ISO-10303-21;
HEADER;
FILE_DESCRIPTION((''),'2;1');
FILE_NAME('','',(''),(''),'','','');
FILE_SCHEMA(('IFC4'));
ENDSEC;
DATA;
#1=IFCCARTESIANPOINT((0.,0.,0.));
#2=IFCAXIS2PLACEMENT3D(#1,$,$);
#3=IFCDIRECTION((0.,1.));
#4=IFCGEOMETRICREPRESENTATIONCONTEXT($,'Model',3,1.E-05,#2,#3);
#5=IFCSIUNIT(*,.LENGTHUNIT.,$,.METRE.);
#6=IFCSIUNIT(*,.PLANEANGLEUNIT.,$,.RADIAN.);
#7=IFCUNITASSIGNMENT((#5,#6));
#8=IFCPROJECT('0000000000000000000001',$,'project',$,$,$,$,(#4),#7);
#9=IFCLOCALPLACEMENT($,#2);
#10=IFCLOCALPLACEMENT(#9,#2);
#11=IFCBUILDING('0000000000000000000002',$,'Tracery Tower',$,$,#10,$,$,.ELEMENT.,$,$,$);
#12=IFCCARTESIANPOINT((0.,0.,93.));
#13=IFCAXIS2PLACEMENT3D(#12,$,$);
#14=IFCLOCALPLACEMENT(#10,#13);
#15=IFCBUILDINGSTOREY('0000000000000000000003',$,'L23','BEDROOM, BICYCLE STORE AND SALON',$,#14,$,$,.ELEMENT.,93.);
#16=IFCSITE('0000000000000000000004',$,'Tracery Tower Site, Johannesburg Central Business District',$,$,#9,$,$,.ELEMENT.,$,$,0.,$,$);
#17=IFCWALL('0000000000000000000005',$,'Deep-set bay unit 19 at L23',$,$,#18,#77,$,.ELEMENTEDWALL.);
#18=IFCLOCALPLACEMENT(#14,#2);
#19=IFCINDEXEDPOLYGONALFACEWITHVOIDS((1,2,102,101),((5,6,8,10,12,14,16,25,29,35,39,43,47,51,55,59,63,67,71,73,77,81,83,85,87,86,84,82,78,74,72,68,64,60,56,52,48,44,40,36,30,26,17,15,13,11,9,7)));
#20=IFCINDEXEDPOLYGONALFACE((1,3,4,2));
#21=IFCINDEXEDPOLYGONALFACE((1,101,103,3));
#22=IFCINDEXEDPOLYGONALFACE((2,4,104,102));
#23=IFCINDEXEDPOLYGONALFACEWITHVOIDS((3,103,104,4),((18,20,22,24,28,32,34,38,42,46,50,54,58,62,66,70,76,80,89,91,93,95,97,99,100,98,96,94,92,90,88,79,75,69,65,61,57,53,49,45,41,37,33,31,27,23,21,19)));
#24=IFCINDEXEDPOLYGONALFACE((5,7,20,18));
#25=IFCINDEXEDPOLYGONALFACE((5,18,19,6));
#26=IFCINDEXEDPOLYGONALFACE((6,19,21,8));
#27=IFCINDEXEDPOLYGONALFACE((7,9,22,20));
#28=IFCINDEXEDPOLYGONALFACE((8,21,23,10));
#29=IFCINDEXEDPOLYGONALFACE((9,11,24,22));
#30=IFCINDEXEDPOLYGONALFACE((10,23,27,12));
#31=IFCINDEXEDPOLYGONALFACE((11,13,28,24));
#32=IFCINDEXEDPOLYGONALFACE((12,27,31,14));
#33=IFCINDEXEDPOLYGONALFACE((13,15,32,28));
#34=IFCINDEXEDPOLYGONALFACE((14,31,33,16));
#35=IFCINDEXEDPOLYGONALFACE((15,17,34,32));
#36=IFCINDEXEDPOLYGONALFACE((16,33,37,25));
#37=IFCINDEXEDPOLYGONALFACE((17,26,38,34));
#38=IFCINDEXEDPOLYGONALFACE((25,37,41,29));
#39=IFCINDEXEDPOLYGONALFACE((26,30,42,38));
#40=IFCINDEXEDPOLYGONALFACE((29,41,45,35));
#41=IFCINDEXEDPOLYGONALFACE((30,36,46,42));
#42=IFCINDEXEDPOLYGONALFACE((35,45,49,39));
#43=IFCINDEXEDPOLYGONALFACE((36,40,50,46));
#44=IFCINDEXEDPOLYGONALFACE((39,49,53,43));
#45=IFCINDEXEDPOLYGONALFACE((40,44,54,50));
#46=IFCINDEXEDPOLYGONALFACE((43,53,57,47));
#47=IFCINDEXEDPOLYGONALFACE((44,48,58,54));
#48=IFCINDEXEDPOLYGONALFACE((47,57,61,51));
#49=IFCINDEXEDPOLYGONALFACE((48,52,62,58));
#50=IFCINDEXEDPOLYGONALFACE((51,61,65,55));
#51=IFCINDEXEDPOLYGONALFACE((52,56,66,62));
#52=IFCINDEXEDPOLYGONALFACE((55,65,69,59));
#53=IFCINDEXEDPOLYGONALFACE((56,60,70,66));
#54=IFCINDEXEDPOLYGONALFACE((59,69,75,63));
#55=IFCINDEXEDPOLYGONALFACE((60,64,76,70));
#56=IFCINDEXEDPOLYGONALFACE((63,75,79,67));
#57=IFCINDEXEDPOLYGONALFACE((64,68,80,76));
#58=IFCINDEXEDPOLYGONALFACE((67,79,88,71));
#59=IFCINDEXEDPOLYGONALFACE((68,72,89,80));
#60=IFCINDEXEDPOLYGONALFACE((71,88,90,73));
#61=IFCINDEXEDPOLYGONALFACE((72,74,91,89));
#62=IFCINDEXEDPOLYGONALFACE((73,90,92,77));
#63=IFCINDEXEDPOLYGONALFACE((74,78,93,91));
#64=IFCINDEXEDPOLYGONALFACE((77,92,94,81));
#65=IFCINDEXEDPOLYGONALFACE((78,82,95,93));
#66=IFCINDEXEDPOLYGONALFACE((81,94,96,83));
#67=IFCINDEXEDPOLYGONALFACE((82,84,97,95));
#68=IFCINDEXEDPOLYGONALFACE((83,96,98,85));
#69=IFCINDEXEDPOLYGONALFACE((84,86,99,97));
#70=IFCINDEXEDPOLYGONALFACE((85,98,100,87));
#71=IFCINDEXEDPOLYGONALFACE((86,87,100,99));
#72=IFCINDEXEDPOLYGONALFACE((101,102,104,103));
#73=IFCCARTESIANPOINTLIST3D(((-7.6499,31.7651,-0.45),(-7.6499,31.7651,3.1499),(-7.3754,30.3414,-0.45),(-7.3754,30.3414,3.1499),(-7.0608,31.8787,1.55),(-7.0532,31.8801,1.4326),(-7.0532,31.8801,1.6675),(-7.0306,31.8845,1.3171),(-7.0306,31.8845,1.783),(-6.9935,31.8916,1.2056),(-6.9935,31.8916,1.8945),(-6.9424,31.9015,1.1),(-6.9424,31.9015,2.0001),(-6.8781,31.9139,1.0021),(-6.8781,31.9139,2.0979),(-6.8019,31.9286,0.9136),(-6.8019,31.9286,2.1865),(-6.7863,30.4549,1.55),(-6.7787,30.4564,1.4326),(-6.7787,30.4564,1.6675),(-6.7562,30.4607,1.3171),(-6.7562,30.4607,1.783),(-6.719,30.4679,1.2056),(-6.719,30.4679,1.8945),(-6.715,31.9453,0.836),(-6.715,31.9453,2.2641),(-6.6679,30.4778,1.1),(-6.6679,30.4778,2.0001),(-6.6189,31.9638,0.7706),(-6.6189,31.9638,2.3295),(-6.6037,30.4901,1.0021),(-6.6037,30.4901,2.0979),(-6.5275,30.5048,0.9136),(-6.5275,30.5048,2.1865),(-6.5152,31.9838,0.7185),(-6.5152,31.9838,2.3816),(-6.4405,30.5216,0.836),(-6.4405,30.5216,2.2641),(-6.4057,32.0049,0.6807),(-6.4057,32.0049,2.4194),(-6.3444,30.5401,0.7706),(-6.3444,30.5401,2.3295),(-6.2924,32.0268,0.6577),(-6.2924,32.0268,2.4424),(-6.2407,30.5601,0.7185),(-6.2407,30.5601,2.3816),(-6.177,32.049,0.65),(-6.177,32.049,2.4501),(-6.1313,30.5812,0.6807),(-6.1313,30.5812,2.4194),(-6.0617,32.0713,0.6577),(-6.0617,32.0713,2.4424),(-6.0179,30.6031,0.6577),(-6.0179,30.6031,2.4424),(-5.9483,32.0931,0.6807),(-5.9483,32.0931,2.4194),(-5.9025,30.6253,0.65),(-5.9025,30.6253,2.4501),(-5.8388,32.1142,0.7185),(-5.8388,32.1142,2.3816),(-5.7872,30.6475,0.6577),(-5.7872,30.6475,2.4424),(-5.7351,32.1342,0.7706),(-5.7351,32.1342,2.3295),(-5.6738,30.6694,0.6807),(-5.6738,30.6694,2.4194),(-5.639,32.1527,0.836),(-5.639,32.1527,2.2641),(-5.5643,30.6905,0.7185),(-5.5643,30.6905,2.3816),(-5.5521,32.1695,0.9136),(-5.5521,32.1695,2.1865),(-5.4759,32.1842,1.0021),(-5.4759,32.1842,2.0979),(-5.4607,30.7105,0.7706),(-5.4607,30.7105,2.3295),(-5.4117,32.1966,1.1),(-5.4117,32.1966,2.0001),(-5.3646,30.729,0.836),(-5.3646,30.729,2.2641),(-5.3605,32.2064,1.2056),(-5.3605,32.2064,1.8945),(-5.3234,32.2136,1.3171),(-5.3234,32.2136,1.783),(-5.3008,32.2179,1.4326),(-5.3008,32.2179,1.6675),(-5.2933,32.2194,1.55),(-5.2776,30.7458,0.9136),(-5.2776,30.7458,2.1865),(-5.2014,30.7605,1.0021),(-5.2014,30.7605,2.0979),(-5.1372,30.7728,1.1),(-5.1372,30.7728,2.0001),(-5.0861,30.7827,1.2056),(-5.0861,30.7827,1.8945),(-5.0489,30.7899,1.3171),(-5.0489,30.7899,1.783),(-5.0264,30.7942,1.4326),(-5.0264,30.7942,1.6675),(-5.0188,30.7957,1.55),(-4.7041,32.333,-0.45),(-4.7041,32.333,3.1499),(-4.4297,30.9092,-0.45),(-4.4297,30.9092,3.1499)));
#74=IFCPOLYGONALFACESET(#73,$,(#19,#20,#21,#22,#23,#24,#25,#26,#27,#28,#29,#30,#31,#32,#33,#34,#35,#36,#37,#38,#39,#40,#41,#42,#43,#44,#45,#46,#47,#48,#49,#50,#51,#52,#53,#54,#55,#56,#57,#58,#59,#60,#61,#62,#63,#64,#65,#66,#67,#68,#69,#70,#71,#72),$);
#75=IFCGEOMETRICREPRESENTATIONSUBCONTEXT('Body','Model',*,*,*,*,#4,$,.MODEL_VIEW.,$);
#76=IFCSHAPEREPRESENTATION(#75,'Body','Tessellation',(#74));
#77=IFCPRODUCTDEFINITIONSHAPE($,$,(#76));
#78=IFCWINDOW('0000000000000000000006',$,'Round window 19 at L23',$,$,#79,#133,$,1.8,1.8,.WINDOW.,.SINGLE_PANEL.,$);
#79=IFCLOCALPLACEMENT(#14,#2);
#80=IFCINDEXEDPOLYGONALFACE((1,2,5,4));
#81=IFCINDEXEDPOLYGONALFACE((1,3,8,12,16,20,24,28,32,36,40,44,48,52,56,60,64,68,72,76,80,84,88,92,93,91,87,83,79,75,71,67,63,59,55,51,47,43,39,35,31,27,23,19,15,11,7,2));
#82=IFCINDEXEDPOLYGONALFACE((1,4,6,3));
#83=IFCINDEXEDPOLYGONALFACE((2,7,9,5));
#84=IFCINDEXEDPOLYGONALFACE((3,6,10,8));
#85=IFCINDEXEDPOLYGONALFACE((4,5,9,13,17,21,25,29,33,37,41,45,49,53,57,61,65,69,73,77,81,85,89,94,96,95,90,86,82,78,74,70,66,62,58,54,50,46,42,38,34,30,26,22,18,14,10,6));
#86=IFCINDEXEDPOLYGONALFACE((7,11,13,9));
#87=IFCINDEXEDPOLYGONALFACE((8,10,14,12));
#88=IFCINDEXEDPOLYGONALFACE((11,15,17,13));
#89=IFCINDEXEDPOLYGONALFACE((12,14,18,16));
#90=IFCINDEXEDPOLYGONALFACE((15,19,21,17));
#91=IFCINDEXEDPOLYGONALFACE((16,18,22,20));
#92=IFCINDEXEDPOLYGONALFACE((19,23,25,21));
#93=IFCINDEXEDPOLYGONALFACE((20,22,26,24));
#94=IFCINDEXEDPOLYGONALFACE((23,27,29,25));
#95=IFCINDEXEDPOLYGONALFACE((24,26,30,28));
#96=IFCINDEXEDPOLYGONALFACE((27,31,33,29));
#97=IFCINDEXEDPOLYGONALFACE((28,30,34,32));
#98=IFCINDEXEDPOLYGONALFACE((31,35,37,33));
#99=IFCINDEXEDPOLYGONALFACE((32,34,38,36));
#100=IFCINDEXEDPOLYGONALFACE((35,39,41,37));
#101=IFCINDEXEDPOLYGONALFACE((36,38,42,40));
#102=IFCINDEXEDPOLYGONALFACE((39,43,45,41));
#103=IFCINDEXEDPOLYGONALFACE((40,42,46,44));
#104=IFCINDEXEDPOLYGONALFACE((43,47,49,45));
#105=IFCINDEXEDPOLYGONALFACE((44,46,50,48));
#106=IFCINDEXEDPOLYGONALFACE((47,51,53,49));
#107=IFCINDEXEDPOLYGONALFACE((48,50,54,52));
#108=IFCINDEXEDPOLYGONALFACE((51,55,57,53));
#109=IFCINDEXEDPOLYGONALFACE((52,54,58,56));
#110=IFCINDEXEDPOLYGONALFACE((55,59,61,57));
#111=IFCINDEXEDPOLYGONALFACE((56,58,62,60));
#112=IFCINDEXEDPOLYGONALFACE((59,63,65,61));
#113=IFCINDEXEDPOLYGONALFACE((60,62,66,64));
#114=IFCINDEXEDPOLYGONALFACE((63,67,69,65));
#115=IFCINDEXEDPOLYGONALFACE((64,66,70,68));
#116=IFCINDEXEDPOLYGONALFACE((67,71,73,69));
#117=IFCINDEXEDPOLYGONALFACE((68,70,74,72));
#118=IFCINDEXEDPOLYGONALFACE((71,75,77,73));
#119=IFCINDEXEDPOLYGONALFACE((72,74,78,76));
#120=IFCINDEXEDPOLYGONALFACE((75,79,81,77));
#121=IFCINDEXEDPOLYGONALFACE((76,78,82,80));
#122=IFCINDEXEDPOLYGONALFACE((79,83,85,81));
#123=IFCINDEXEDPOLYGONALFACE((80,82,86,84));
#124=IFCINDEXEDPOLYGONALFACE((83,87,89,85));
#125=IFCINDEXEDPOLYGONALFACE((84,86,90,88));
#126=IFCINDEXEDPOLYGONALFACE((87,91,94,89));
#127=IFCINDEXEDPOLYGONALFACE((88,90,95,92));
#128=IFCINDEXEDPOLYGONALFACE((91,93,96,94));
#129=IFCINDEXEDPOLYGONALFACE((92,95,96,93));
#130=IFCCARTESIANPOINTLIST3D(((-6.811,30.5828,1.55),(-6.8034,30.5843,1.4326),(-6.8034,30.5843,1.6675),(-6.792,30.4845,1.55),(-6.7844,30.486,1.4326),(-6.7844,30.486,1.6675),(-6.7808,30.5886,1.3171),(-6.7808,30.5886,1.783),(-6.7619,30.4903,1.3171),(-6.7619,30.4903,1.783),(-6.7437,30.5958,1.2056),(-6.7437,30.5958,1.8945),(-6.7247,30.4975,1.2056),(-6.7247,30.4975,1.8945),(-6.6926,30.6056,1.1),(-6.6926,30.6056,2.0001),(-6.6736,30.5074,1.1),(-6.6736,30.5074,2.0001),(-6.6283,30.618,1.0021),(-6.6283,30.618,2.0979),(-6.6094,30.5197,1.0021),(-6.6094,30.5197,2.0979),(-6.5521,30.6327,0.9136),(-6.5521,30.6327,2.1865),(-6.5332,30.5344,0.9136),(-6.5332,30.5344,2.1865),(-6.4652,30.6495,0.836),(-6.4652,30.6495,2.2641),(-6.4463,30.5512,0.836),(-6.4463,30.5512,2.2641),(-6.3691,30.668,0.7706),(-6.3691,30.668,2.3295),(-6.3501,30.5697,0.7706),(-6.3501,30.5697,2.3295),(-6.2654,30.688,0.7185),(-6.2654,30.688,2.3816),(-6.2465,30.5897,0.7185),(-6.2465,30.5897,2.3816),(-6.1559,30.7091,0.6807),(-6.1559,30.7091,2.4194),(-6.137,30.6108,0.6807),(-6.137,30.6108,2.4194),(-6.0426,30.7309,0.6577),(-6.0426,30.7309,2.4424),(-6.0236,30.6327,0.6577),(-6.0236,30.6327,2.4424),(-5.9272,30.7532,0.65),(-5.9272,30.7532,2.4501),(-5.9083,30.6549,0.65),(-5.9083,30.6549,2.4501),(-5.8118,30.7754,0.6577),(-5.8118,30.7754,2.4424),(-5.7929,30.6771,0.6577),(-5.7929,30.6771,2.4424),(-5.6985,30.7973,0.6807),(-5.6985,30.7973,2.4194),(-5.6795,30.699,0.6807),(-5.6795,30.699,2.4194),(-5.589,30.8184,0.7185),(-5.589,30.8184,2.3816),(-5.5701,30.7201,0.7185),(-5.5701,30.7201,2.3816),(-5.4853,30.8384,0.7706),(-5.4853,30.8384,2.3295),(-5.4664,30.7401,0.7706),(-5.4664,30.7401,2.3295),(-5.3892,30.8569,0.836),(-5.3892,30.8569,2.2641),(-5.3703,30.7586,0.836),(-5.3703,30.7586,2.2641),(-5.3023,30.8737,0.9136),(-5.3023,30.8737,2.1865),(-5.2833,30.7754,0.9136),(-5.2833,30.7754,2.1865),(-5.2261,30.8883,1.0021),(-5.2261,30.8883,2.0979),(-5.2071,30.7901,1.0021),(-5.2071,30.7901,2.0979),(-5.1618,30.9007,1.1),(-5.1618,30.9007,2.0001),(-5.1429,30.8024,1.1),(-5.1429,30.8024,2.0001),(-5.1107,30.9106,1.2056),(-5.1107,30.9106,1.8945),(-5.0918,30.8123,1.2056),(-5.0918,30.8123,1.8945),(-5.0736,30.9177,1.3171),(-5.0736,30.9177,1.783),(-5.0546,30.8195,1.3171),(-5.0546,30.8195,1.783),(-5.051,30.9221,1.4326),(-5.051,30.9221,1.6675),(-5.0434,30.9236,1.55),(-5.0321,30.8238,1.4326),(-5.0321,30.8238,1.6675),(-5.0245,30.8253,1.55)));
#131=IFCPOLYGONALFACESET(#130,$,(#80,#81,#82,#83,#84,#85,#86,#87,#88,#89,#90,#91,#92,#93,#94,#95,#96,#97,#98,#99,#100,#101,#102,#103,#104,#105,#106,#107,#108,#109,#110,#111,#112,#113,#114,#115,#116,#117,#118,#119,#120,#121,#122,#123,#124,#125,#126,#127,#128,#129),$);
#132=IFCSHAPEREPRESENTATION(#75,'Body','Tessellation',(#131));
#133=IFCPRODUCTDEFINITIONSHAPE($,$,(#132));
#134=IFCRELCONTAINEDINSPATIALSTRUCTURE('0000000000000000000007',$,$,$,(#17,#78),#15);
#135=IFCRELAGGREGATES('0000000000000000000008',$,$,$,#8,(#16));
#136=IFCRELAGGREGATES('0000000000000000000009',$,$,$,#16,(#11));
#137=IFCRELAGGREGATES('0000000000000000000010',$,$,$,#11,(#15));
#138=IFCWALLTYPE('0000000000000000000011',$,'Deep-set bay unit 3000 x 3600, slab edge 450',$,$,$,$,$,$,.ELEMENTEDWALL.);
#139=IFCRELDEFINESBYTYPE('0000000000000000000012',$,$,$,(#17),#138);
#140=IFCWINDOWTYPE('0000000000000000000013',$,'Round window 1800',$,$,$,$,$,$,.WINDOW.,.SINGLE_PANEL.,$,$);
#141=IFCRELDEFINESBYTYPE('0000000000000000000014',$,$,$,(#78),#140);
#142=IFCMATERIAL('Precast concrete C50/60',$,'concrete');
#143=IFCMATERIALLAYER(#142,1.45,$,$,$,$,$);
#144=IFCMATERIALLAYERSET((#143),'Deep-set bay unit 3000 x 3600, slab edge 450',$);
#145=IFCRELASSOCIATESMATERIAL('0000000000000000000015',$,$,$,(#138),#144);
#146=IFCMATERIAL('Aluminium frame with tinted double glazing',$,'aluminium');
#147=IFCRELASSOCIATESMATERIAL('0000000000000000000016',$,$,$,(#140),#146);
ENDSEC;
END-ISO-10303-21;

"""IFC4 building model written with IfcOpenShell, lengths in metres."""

from ifc_helpers import new_model, si_unit, direction, frame, frame_2d, origin, origin_2d, place, context, subcontext, project, spatial, rectangle, circle, extrude, material, layer, layer_set, type_object, element, fill, save


model = new_model("IFC4")

# Units and contexts
model_context = context("Model", 3, precision=1e-05, world=origin(), true_north=direction((0.0, 1.0)))
body_context = subcontext(model_context, "Body", "Model", "MODEL_VIEW")
ifc_project = project(units=[si_unit("LENGTHUNIT", "METRE"), si_unit("PLANEANGLEUNIT", "RADIAN")], contexts=[model_context])

# Site, building, storey
site_placement = place(None, origin())
site = spatial("IfcSite", under=ifc_project, at=site_placement, Name="Tracery Tower Site, Johannesburg Central Business District", CompositionType="ELEMENT", RefElevation=0.0)
building_placement = place(site_placement, origin())
building = spatial("IfcBuilding", under=site, at=building_placement, Name="Tracery Tower", CompositionType="ELEMENT")
storey_placement = place(building_placement, frame((0.0, 0.0, 93.0)))
storey = spatial("IfcBuildingStorey", under=building, at=storey_placement, Name="L23", Description="BEDROOM, BICYCLE STORE AND SALON", CompositionType="ELEMENT", Elevation=93.0)

# Wall, opening, window
ifc_material_1 = material(Name="Precast concrete C50/60", Category="concrete")
ifc_layer_1 = layer(ifc_material_1, 1.45)
ifc_layer_set_1 = layer_set([ifc_layer_1], Name="Deep-set bay unit 3000 x 3600, slab edge 450")
wall_type_1 = type_object("IfcWallType", Name="Deep-set bay unit 3000 x 3600, slab edge 450", PredefinedType="ELEMENTEDWALL", material=ifc_layer_set_1)
wall_1_placement = place(storey_placement, frame((-4.5669, 31.6211, -0.45), z_axis=(0.0, 0.0, 1.0), x_axis=(-0.981922, -0.189288, 0.0)))
wall_1 = element("IfcWall", 1, at=wall_1_placement, inside=storey, type_object=wall_type_1, Name="Deep-set bay unit 19 at L23", PredefinedType="ELEMENTEDWALL", context=body_context, shape_type="SweptSolid", body=[
    extrude(rectangle(XDim=3.0, YDim=1.45, at=frame_2d((1.5, 0.0))), origin(), (0.0, 0.0, 1.0), 3.5999),
])
opening_1_placement = place(wall_1_placement, frame((1.5, 0.0, 2.0)))
opening_1 = element("IfcOpeningElement", 2, at=opening_1_placement, cuts=wall_1, PredefinedType="OPENING", context=body_context, shape_type="SweptSolid", body=[
    extrude(circle(Radius=0.9, at=origin_2d()), frame((0.0, 0.7349, 0.0), z_axis=(0.0, -1.0, 0.0), x_axis=(1.0, 0.0, 0.0)), (0.0, 0.0, 1.0), 1.47),
])
ifc_material_2 = material(Name="Aluminium frame with tinted double glazing", Category="aluminium")
window_type = type_object("IfcWindowType", Name="Round window 1800", PartitioningType="SINGLE_PANEL", PredefinedType="WINDOW", material=ifc_material_2)
window_1_placement = place(opening_1_placement, origin())
window_1 = element("IfcWindow", 3, at=window_1_placement, inside=storey, type_object=window_type, Name="Round window 19 at L23", OverallHeight=1.8, OverallWidth=1.8, PartitioningType="SINGLE_PANEL", PredefinedType="WINDOW", context=body_context, shape_type="SweptSolid", body=[
    extrude(circle(Radius=0.9, at=origin_2d()), frame((0.0, 0.6948, 0.0), z_axis=(0.0, -1.0, 0.0), x_axis=(1.0, 0.0, 0.0)), (0.0, 0.0, 1.0), 0.1001),
])
fill(opening_1, window_1)

save(model, "model.ifc")
